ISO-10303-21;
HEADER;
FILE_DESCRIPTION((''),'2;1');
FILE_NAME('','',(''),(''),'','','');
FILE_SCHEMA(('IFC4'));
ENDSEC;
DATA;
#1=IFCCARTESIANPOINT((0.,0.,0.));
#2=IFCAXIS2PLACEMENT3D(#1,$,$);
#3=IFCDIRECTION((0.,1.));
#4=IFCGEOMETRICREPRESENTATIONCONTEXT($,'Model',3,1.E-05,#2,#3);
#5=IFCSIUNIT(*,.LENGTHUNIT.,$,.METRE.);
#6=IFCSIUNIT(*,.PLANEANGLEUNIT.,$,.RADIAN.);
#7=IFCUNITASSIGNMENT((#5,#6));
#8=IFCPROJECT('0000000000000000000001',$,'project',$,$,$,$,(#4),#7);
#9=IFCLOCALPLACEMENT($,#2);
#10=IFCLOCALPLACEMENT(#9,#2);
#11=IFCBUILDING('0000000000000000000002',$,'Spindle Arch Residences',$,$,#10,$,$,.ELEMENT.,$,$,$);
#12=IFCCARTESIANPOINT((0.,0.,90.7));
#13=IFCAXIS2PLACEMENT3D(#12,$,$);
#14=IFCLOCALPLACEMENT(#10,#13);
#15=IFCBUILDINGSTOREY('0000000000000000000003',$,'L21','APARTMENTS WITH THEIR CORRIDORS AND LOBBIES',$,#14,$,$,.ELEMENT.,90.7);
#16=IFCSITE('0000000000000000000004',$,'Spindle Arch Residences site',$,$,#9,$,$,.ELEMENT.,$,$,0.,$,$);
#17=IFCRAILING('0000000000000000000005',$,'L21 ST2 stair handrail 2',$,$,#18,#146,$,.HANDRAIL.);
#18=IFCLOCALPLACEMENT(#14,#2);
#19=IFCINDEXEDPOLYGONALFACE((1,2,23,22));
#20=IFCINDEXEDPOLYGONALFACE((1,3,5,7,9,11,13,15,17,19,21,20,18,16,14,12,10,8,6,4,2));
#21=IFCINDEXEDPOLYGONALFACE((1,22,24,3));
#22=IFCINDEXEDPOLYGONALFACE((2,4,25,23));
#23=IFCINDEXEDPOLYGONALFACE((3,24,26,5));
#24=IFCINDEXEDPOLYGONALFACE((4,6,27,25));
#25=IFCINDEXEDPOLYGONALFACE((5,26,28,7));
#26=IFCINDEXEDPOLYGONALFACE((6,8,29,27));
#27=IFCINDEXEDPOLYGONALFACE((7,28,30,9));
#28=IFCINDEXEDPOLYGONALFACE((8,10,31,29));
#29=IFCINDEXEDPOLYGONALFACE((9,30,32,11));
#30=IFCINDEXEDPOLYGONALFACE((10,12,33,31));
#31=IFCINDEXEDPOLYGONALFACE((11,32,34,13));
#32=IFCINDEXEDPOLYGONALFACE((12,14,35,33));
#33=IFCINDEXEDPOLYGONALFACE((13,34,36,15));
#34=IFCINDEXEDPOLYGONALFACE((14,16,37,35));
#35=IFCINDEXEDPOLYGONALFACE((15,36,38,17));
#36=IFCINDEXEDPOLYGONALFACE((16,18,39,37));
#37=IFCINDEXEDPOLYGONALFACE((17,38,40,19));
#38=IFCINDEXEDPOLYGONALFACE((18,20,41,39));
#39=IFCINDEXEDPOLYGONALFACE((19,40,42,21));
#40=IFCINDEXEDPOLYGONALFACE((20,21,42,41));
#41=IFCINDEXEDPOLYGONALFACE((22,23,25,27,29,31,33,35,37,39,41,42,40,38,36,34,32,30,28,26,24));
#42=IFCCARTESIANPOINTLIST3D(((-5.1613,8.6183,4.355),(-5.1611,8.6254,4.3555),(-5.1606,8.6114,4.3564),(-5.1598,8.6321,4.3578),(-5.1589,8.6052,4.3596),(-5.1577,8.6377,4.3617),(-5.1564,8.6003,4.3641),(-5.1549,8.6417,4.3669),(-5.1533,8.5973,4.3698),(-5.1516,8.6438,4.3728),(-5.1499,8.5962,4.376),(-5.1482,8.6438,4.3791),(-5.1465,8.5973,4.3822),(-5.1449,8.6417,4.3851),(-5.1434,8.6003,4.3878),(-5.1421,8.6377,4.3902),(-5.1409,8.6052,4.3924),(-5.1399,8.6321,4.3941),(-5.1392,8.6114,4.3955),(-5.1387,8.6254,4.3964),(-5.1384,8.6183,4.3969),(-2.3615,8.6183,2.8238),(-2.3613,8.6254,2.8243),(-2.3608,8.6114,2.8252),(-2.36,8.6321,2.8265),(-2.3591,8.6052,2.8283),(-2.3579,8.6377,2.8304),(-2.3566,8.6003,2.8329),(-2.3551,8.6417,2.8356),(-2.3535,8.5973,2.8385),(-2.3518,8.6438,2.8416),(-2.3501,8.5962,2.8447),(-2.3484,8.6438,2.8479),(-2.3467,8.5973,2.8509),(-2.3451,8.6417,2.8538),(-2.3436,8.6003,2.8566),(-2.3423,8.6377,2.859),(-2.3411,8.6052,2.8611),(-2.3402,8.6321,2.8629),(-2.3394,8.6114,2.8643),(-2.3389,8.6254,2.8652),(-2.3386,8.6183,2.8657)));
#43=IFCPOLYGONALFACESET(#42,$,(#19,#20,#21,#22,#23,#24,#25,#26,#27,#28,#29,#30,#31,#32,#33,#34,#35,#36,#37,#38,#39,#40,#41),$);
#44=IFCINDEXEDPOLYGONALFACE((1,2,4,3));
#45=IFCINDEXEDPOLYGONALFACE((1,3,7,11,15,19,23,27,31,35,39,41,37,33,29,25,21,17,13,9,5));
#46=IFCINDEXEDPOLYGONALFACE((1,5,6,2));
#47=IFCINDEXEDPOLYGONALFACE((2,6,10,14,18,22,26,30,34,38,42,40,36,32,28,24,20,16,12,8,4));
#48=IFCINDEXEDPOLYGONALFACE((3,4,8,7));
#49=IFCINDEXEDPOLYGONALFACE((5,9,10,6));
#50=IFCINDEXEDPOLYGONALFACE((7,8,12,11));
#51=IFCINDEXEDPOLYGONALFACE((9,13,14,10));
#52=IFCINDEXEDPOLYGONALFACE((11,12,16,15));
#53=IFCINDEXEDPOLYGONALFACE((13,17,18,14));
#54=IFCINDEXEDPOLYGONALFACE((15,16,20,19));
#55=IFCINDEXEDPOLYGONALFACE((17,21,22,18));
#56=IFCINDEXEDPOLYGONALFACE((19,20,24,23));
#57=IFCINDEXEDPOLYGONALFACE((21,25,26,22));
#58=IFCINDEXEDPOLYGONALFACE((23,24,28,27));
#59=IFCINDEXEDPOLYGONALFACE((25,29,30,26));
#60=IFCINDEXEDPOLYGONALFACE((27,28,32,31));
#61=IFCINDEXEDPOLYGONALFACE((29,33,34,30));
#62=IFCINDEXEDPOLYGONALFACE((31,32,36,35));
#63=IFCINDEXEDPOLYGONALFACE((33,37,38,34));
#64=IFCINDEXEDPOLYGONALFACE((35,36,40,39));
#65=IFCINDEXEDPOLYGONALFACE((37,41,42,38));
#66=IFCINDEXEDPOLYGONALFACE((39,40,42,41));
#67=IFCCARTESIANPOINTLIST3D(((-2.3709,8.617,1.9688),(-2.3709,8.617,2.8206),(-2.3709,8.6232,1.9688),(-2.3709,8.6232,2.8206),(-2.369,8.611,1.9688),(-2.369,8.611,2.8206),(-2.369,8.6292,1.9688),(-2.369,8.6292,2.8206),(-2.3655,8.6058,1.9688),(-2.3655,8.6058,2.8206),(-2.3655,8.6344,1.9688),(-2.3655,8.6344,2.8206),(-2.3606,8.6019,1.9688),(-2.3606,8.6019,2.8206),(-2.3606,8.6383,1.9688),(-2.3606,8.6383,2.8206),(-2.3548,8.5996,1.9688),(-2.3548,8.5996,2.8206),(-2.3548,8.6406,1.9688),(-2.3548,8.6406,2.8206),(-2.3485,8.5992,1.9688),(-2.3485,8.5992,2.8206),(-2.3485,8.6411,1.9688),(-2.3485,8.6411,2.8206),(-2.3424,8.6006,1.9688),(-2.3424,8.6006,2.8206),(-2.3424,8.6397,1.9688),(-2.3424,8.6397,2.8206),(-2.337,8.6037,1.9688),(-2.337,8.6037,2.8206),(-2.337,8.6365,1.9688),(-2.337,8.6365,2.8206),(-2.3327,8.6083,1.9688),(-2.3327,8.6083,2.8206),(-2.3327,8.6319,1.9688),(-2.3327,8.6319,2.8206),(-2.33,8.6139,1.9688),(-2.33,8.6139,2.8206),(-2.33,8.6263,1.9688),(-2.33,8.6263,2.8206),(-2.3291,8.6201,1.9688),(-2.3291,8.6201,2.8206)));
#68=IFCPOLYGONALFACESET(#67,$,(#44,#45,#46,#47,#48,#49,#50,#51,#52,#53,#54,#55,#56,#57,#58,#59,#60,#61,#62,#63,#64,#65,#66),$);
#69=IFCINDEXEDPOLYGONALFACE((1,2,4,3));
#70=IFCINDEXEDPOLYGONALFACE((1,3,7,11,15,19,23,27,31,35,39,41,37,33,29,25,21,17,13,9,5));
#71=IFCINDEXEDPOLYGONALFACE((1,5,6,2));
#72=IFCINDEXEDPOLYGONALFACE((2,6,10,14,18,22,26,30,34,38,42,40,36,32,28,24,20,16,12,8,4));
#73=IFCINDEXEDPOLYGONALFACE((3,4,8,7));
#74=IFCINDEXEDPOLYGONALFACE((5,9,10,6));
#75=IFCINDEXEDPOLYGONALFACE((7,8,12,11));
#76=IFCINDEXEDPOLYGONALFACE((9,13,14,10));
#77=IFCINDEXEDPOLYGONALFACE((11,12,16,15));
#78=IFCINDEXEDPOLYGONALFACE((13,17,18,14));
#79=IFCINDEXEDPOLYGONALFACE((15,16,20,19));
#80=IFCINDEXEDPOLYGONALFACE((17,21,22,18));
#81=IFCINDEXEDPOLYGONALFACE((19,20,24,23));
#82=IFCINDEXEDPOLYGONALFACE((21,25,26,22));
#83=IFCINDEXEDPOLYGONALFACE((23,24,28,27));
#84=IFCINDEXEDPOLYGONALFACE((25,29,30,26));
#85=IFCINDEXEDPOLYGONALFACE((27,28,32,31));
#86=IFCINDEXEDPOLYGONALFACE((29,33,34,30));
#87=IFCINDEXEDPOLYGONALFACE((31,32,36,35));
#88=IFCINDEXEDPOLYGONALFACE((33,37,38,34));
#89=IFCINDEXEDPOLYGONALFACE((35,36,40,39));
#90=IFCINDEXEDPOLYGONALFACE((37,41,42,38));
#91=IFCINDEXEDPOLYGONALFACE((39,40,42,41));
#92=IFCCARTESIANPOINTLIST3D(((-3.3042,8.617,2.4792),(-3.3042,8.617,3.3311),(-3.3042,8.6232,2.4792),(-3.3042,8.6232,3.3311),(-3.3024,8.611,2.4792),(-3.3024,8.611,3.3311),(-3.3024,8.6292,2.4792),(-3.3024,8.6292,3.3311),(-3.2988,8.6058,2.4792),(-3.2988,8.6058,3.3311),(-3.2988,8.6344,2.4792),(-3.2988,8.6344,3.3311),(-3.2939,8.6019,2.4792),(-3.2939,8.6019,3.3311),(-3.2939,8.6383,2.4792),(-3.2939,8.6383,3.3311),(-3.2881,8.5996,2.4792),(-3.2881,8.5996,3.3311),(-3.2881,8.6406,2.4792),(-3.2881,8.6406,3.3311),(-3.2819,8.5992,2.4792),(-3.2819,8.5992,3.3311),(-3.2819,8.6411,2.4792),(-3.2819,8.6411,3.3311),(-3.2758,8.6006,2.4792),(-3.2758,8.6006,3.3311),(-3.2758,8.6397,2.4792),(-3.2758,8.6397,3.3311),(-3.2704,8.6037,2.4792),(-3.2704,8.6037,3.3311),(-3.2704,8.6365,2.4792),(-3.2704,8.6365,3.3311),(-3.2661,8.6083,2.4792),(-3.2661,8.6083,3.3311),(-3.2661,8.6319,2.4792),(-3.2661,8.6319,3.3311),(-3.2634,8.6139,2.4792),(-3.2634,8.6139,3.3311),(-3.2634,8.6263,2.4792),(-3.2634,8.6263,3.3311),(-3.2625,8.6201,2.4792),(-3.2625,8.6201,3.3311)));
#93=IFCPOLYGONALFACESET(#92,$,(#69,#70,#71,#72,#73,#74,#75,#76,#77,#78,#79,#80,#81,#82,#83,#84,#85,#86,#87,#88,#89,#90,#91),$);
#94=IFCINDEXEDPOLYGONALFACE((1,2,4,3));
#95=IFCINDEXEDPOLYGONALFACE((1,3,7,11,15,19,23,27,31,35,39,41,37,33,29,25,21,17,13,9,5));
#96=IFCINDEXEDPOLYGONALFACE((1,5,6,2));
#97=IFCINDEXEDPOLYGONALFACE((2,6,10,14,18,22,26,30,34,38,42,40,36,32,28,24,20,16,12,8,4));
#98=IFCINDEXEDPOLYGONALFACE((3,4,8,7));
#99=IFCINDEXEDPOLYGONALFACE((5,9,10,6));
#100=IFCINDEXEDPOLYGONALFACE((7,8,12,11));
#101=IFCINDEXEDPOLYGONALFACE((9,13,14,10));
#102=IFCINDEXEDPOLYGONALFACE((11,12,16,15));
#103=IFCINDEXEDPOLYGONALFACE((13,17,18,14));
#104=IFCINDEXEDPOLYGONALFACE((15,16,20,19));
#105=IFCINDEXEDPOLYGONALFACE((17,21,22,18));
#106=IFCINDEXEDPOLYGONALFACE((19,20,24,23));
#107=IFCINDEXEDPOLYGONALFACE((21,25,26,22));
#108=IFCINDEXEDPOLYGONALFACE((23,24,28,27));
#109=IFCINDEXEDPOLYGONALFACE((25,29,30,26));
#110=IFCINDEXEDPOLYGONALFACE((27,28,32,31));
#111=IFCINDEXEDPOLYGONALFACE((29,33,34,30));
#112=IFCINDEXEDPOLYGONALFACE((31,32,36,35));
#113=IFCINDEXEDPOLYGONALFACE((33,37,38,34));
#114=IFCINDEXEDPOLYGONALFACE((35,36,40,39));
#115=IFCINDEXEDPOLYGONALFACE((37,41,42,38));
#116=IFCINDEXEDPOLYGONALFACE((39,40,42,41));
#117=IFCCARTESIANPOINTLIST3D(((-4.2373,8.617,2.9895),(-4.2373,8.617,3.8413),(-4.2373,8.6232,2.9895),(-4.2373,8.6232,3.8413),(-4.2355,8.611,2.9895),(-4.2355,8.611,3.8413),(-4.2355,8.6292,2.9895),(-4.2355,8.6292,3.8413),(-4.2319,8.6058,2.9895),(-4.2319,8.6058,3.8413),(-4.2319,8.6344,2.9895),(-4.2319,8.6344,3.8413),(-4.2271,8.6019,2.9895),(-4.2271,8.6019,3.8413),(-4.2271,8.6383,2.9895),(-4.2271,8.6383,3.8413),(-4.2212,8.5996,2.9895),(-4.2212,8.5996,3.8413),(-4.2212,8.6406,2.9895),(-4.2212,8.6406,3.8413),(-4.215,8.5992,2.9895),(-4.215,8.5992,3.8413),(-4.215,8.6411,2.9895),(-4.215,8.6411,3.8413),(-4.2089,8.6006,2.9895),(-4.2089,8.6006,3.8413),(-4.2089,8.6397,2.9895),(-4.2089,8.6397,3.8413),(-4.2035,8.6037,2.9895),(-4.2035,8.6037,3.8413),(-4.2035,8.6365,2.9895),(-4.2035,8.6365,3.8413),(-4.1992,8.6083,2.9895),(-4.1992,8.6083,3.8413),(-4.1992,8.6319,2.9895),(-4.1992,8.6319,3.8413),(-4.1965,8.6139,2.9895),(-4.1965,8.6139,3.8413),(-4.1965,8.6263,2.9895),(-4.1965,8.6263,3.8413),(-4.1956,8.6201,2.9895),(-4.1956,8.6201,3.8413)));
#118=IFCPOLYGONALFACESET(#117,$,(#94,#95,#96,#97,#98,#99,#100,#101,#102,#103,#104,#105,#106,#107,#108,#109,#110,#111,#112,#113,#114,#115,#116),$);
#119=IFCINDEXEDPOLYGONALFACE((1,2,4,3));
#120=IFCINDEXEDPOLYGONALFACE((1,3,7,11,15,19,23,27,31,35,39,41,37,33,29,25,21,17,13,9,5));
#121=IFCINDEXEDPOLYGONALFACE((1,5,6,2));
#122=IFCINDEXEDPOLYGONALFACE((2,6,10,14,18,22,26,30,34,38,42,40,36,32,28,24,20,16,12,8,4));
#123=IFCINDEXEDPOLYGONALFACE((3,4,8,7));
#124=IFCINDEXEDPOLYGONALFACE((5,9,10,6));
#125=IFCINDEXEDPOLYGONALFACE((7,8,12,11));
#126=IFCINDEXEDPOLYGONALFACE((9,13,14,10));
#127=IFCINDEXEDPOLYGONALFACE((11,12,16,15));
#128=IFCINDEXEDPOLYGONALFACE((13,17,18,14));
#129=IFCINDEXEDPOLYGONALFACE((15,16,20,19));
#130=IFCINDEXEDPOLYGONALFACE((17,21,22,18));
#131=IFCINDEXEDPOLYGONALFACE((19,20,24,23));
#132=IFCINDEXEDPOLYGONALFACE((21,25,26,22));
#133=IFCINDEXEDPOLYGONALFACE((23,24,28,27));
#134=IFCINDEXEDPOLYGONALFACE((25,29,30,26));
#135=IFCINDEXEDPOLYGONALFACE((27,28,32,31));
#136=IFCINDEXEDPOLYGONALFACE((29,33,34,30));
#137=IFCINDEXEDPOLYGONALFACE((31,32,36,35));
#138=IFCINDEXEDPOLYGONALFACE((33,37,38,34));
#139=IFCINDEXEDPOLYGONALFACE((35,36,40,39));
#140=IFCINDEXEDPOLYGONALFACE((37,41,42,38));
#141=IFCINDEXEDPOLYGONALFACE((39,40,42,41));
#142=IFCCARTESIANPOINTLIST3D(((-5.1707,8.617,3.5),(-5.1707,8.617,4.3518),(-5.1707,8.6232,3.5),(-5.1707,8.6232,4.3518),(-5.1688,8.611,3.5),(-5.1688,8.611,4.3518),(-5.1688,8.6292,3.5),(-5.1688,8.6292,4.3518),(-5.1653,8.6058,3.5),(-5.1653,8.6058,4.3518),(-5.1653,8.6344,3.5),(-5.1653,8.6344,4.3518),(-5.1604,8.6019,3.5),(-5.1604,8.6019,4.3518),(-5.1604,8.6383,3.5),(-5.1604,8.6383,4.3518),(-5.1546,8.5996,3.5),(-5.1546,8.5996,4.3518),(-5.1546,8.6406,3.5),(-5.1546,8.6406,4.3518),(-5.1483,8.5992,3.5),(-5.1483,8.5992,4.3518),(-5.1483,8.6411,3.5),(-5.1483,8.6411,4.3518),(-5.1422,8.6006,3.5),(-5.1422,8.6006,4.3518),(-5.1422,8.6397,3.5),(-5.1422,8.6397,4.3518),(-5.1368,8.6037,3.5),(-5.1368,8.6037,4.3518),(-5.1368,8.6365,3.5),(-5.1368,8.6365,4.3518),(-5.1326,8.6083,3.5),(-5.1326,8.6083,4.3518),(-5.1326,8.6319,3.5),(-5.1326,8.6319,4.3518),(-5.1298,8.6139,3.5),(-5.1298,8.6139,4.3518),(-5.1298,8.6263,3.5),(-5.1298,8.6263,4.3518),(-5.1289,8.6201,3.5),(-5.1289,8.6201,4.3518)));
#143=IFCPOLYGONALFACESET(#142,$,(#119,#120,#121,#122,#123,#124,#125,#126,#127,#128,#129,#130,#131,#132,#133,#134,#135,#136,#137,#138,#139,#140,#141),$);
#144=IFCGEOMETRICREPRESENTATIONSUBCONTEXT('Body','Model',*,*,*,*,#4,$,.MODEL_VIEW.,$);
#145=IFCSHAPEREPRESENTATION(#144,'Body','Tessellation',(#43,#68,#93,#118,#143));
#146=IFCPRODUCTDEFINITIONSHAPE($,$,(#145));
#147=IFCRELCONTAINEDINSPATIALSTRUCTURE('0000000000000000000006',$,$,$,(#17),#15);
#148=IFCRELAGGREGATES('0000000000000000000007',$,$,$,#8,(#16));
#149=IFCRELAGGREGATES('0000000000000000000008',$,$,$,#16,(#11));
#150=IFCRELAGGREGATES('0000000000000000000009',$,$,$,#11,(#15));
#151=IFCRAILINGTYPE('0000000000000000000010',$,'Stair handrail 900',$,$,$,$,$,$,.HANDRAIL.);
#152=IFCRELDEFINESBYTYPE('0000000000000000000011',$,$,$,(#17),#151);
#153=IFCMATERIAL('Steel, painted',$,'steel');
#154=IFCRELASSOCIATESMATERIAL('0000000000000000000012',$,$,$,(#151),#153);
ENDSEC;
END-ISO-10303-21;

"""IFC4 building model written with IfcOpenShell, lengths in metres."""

from ifc_helpers import new_model, si_unit, direction, frame, origin, origin_2d, place, context, subcontext, project, spatial, circle, extrude, material, type_object, element, save


model = new_model("IFC4")

# Units and contexts
model_context = context("Model", 3, precision=1e-05, world=origin(), true_north=direction((0.0, 1.0)))
body_context = subcontext(model_context, "Body", "Model", "MODEL_VIEW")
ifc_project = project(units=[si_unit("LENGTHUNIT", "METRE"), si_unit("PLANEANGLEUNIT", "RADIAN")], contexts=[model_context])

# Site, building, storey
site_placement = place(None, origin())
site = spatial("IfcSite", under=ifc_project, at=site_placement, Name="Spindle Arch Residences site", CompositionType="ELEMENT", RefElevation=0.0)
building_placement = place(site_placement, origin())
building = spatial("IfcBuilding", under=site, at=building_placement, Name="Spindle Arch Residences", CompositionType="ELEMENT")
storey_placement = place(building_placement, frame((0.0, 0.0, 90.7)))
storey = spatial("IfcBuildingStorey", under=building, at=storey_placement, Name="L21", Description="APARTMENTS WITH THEIR CORRIDORS AND LOBBIES", CompositionType="ELEMENT", Elevation=90.7)

# Railing
ifc_material_1 = material(Name="Steel, painted", Category="steel")
railing_type = type_object("IfcRailingType", Name="Stair handrail 900", PredefinedType="HANDRAIL", material=ifc_material_1)
railing_placement = place(storey_placement, frame((-2.3501, 8.6201, 1.9688)))
element("IfcRailing", 1, at=railing_placement, inside=storey, type_object=railing_type, Name="L21 ST2 stair handrail 2", PredefinedType="HANDRAIL", context=body_context, shape_type="SweptSolid", body=[
    extrude(circle(Radius=0.0239, at=origin_2d()), frame((0.0, 0.0, 0.876), z_axis=(-0.877357, 0.0, 0.479838), x_axis=(0.0, -1.0, 0.0)), (0.0, 0.0, 1.0), 3.1912),
    extrude(circle(Radius=0.021, at=origin_2d()), origin(), (0.0, 0.0, 1.0), 0.8518),
    extrude(circle(Radius=0.021, at=origin_2d()), frame((-0.9333, 0.0, 0.5105)), (0.0, 0.0, 1.0), 0.8518),
    extrude(circle(Radius=0.021, at=origin_2d()), frame((-1.8665, 0.0, 1.0208)), (0.0, 0.0, 1.0), 0.8518),
    extrude(circle(Radius=0.021, at=origin_2d()), frame((-2.7998, 0.0, 1.5312)), (0.0, 0.0, 1.0), 0.8518),
])

save(model, "model.ifc")
